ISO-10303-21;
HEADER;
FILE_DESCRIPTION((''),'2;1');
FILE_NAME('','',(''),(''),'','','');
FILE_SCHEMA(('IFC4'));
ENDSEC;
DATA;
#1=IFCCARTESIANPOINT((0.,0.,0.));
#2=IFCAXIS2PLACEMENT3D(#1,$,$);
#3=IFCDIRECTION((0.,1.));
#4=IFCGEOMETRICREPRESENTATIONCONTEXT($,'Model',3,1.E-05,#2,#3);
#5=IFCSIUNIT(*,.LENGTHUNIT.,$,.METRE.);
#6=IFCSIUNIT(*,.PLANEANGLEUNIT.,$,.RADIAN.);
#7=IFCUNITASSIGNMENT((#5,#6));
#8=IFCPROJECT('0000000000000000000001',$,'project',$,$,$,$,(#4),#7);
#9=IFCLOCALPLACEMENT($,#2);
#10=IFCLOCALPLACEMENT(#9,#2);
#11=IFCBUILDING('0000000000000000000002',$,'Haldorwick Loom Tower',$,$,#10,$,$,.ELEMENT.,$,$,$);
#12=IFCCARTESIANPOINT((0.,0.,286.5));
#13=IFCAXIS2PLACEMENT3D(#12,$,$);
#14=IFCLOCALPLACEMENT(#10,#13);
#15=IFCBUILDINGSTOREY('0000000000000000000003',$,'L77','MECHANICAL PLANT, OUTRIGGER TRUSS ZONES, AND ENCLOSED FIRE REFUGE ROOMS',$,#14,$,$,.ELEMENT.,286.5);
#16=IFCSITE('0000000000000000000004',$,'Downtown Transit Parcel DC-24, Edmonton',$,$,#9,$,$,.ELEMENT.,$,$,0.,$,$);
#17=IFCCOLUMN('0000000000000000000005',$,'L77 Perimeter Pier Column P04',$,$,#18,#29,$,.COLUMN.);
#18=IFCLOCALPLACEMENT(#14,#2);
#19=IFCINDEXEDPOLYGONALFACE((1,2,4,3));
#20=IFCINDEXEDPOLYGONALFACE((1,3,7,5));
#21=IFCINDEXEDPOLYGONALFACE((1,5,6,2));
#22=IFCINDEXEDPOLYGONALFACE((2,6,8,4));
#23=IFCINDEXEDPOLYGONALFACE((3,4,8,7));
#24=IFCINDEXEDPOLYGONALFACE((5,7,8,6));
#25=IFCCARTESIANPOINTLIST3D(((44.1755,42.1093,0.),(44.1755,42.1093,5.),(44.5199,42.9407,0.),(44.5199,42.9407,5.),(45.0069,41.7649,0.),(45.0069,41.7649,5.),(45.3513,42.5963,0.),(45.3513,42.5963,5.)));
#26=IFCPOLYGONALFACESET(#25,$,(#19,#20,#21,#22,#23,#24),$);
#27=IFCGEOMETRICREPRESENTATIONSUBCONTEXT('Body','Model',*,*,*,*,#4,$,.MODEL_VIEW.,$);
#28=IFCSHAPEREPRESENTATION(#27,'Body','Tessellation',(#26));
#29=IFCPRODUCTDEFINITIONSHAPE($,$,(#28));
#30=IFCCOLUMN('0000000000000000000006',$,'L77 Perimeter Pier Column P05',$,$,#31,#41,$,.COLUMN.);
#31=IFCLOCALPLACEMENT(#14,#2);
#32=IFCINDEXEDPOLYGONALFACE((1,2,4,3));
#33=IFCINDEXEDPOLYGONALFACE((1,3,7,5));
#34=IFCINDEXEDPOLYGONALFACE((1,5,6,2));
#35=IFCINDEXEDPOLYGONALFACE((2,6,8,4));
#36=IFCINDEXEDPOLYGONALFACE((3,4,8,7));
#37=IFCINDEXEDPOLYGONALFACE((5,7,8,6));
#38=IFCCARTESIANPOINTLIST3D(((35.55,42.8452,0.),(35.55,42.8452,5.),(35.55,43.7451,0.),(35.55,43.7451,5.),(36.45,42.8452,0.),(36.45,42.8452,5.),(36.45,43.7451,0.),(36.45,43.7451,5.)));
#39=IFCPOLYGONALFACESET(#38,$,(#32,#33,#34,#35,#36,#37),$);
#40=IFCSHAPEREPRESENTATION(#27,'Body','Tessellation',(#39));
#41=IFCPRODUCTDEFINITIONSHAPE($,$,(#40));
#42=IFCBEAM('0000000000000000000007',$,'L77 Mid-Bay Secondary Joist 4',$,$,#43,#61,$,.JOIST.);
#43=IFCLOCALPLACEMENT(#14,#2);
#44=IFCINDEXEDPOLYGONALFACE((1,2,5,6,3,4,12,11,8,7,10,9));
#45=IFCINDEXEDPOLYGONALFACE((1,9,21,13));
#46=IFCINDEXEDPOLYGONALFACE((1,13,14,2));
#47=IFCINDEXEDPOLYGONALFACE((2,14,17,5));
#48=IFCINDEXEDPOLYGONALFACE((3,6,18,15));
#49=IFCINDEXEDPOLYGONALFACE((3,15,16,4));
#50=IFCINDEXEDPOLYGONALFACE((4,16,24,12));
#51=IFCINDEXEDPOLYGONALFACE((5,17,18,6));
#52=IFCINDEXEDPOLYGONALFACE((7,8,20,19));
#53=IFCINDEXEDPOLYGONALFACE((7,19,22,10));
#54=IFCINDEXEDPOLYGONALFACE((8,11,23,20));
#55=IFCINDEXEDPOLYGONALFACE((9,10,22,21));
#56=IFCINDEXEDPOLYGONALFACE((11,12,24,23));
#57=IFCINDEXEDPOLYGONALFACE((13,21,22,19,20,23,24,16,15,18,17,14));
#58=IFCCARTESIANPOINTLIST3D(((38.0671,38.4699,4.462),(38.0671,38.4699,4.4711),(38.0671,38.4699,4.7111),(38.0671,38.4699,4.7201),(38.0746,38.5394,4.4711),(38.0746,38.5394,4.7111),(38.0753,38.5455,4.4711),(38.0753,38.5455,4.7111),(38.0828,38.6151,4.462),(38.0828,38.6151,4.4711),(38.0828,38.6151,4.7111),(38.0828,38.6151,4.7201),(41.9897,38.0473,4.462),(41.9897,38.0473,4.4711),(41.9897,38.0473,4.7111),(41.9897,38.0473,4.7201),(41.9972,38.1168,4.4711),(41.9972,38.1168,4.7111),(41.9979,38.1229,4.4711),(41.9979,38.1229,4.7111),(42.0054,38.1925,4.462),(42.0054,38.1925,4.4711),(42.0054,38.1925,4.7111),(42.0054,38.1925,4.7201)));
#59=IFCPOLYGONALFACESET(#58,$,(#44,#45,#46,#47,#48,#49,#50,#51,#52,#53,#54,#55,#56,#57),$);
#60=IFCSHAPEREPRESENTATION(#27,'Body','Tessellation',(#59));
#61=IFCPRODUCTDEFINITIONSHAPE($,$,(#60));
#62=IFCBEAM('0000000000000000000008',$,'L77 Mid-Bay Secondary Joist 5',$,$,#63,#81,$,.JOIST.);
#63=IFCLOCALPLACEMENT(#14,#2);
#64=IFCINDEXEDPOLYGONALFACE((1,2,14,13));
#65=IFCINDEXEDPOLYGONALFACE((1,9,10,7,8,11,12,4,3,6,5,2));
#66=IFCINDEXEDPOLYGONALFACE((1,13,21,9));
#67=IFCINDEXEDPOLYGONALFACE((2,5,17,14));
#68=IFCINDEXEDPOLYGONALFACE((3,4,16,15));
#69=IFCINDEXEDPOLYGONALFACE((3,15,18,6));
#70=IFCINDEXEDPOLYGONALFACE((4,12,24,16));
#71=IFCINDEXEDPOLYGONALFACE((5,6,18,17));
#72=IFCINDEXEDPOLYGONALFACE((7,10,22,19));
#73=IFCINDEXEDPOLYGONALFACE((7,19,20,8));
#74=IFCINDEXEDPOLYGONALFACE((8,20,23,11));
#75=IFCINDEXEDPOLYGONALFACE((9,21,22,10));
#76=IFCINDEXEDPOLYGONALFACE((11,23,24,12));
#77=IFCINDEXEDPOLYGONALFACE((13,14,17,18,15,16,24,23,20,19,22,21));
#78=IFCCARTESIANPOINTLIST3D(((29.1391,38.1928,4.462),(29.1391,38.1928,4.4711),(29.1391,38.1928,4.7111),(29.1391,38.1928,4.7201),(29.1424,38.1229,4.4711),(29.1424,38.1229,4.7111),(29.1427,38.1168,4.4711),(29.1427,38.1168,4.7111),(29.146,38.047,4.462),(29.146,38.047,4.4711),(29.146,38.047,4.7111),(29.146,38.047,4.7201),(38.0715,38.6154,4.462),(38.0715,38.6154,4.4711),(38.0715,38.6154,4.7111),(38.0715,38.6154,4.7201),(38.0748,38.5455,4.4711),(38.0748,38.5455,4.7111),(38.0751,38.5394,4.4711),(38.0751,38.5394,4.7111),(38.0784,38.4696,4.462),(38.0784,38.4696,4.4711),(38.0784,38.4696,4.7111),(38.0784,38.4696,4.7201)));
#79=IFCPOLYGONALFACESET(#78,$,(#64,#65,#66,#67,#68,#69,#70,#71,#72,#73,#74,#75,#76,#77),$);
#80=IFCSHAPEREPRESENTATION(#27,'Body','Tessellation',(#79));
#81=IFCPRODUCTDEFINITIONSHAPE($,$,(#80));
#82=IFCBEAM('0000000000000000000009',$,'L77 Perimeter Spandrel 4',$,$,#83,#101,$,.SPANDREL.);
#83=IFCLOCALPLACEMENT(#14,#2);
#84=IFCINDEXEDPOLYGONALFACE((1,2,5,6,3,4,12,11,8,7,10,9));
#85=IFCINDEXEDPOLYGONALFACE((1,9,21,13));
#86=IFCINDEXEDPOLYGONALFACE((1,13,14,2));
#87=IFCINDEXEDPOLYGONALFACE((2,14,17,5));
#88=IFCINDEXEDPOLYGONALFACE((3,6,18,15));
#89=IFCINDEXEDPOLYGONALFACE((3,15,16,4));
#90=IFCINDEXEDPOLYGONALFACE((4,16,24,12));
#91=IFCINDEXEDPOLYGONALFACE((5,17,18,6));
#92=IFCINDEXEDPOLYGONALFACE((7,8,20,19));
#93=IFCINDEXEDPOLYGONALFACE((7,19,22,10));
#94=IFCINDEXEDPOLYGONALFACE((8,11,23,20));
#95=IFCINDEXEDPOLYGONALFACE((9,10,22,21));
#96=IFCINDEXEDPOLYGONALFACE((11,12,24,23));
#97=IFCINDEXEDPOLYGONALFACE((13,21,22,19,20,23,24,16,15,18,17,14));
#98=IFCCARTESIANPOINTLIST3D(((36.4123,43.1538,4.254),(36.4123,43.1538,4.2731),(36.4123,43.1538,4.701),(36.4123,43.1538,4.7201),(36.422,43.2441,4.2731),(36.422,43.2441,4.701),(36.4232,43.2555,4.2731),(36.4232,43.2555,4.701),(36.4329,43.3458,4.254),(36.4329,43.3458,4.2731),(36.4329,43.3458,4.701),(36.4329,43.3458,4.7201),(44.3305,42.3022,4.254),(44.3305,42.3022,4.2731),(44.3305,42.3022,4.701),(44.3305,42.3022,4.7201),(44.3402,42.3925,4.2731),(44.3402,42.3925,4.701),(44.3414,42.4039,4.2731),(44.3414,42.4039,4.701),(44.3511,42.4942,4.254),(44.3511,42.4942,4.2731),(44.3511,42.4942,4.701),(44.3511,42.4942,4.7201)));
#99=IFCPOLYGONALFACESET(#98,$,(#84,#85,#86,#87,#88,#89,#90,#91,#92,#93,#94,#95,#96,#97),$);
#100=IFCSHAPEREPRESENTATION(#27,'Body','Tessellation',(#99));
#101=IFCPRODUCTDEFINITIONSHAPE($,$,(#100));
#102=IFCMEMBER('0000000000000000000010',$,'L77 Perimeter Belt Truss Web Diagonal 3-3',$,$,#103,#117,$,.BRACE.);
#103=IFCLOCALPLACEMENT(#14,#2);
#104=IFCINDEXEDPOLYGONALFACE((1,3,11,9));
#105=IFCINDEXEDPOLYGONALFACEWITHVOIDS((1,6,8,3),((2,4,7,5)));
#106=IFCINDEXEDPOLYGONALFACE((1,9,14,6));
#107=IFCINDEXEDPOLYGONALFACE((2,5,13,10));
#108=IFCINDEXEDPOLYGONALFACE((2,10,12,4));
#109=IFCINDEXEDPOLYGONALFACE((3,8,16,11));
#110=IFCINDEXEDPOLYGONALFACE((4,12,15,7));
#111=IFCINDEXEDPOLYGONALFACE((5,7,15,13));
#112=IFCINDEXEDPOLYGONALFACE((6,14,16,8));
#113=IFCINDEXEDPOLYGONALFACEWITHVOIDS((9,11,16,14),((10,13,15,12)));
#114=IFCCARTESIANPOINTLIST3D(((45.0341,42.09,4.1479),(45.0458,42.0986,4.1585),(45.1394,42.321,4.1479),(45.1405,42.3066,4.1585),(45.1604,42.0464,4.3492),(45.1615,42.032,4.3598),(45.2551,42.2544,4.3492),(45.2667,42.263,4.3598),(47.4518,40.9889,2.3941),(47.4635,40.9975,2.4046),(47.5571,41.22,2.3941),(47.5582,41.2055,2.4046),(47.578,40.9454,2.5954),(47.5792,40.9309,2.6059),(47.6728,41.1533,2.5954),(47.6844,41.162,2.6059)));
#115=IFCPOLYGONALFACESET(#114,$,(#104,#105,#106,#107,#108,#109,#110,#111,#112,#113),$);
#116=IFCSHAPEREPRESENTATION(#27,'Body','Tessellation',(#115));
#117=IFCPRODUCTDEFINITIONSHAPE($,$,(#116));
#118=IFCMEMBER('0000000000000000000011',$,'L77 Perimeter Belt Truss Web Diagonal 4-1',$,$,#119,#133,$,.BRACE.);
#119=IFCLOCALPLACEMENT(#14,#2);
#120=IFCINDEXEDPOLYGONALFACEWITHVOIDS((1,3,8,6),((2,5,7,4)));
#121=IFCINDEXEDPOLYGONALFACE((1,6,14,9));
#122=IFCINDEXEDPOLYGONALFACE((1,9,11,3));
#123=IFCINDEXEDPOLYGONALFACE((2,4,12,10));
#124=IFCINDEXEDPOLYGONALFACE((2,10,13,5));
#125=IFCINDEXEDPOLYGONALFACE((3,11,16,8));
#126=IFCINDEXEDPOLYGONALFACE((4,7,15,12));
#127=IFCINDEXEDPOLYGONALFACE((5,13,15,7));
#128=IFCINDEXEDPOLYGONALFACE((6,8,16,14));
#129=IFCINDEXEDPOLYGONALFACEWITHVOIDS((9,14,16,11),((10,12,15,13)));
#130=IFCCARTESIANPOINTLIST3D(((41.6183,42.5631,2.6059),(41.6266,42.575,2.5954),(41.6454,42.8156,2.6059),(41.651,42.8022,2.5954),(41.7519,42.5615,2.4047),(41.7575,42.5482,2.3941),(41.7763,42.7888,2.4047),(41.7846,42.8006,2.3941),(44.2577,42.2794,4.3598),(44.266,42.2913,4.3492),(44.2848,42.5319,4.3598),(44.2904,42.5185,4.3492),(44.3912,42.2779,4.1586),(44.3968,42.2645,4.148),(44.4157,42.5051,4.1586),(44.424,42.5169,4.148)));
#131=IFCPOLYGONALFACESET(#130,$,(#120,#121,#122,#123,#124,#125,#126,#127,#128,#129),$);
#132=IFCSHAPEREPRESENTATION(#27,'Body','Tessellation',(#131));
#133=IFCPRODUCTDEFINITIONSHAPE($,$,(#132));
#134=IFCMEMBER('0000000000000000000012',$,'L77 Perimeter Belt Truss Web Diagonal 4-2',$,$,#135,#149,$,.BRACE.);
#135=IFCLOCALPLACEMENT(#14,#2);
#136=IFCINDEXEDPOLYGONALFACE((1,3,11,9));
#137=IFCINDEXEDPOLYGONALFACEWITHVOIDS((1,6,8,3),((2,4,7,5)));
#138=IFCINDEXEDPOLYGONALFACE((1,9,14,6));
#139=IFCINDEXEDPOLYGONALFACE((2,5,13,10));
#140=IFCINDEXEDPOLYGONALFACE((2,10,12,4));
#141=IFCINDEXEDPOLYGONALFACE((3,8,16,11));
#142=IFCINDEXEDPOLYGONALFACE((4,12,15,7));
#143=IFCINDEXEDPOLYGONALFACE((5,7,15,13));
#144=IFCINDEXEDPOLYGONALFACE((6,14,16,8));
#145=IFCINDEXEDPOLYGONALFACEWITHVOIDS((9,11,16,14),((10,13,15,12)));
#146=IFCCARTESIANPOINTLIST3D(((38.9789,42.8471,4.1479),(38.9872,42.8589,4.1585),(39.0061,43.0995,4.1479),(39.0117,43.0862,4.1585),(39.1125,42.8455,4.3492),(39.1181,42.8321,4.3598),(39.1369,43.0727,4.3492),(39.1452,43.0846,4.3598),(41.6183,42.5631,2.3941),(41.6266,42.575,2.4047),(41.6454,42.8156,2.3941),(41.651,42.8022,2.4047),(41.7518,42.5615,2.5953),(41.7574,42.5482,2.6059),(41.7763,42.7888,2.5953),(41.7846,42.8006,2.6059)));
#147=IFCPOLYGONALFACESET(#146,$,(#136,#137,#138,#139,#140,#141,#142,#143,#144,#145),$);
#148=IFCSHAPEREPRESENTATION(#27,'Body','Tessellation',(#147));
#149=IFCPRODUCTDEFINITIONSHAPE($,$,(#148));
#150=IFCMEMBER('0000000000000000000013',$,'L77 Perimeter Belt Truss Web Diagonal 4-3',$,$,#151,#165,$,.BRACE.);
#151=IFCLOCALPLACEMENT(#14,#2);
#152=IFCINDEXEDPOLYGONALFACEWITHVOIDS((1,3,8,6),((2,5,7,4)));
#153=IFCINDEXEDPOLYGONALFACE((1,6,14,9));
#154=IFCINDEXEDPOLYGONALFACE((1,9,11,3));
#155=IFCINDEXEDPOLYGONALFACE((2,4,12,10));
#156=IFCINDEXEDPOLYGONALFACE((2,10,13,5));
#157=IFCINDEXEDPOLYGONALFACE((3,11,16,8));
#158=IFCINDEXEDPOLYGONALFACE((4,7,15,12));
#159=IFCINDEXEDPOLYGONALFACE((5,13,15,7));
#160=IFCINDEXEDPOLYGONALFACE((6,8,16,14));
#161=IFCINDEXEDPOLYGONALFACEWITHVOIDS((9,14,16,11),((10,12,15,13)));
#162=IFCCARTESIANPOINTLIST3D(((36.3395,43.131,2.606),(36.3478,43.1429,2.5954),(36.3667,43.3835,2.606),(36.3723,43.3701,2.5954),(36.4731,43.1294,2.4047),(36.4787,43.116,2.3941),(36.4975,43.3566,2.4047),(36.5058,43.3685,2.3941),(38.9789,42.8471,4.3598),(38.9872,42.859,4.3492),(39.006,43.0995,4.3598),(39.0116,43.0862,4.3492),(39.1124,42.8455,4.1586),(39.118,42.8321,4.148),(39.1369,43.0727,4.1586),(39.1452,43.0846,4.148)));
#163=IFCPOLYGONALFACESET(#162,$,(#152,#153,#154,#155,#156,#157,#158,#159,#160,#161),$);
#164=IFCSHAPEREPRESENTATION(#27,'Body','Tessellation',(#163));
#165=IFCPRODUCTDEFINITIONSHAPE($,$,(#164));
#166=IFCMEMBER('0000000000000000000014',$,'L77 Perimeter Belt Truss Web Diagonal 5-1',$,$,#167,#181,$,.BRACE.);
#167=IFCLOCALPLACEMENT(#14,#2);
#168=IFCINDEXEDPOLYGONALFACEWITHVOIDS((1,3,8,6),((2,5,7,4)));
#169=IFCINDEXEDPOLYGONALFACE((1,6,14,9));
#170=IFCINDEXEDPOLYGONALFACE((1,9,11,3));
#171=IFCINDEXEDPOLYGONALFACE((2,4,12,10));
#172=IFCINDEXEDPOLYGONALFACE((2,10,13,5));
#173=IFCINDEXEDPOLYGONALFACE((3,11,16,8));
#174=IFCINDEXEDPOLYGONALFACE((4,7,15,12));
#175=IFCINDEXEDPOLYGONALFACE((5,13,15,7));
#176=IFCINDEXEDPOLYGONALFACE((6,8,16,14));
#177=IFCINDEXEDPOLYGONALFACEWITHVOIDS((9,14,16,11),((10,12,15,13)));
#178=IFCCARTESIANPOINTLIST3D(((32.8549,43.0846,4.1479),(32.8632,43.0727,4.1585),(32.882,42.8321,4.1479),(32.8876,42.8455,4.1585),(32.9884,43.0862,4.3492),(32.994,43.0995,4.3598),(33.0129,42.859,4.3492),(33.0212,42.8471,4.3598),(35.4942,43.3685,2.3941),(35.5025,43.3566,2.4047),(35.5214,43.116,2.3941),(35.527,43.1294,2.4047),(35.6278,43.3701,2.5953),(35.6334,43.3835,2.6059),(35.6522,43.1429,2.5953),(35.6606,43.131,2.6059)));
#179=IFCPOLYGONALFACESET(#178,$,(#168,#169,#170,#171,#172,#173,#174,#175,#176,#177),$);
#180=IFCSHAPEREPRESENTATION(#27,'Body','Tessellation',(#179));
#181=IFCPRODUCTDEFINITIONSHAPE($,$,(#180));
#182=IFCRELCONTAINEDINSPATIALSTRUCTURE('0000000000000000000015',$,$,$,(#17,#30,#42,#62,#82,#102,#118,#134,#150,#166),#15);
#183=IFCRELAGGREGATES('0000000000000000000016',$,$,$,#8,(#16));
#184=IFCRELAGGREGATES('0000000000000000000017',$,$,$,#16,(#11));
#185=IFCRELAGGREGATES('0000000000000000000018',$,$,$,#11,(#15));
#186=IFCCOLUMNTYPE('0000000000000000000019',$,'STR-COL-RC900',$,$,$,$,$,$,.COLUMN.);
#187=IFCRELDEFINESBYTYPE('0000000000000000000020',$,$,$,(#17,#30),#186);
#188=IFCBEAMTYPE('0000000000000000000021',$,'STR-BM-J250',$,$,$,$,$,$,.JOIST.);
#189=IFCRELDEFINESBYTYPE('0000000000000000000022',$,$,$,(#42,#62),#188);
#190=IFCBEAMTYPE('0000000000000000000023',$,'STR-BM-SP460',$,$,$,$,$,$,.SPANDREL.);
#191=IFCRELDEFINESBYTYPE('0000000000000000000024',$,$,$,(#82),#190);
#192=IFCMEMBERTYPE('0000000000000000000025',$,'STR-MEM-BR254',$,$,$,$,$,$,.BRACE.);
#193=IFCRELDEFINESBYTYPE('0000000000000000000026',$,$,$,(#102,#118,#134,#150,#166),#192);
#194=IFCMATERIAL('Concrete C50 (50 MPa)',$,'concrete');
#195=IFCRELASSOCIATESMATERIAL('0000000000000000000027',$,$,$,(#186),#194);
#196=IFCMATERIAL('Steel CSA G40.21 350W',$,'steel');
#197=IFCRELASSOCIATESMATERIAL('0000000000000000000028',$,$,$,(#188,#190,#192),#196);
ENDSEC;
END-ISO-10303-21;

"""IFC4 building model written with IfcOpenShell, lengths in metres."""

from ifc_helpers import new_model, si_unit, direction, frame, origin, origin_2d, place, context, subcontext, project, spatial, rectangle, hollow_rectangle, i_section, extrude, material, material_profile, profile_set, type_object, element, save


model = new_model("IFC4")

# Units and contexts
model_context = context("Model", 3, precision=1e-05, world=origin(), true_north=direction((0.0, 1.0)))
body_context = subcontext(model_context, "Body", "Model", "MODEL_VIEW")
ifc_project = project(units=[si_unit("LENGTHUNIT", "METRE"), si_unit("PLANEANGLEUNIT", "RADIAN")], contexts=[model_context])

# Site, building, storey
site_placement = place(None, origin())
site = spatial("IfcSite", under=ifc_project, at=site_placement, Name="Downtown Transit Parcel DC-24, Edmonton", CompositionType="ELEMENT", RefElevation=0.0)
building_placement = place(site_placement, origin())
building = spatial("IfcBuilding", under=site, at=building_placement, Name="Haldorwick Loom Tower", CompositionType="ELEMENT")
storey_placement = place(building_placement, frame((0.0, 0.0, 286.5)))
storey = spatial("IfcBuildingStorey", under=building, at=storey_placement, Name="L77", Description="MECHANICAL PLANT, OUTRIGGER TRUSS ZONES, AND ENCLOSED FIRE REFUGE ROOMS", CompositionType="ELEMENT", Elevation=286.5)

# Columns
ifc_material_1 = material(Name="Concrete C50 (50 MPa)", Category="concrete")
ifc_material_profile_1 = material_profile(ifc_material_1, rectangle(XDim=0.8999, YDim=0.8999, at=origin_2d()), Name="RC900X900", Category="concrete")
ifc_profile_set_1 = profile_set([ifc_material_profile_1], Name="Concrete C50 (50 MPa)")
column_type = type_object("IfcColumnType", Name="STR-COL-RC900", PredefinedType="COLUMN", material=ifc_profile_set_1)
for number, where, z_axis, x_axis, name in (
    (1, (44.7634, 42.3528, 0.0), (0.0, 0.0, 1.0), (0.382683, 0.92388, 0.0), "L77 Perimeter Pier Column P04"),
    (2, (36.0, 43.2952, 0.0), (0.0, 0.0, 1.0), (0.0, 1.0, 0.0), "L77 Perimeter Pier Column P05"),
):
    element("IfcColumn", number, at=place(storey_placement, frame(where, z_axis=z_axis, x_axis=x_axis)), inside=storey, type_object=column_type, Name=name, PredefinedType="COLUMN", context=body_context, shape_type="SweptSolid", body=[
        extrude(rectangle(XDim=0.8999, YDim=0.8999, at=origin_2d()), origin(), (0.0, 0.0, 1.0), 5.0),
    ])

# Beams
ifc_material_2 = material(Name="Steel CSA G40.21 350W", Category="steel")
ifc_material_profile_2 = material_profile(ifc_material_2, i_section(OverallWidth=0.146, OverallDepth=0.2581, WebThickness=0.0061, FlangeThickness=0.009, at=origin_2d()), Name="W250X33", Category="steel")
ifc_profile_set_2 = profile_set([ifc_material_profile_2], Name="Steel CSA G40.21 350W")
beam_type_1 = type_object("IfcBeamType", Name="STR-BM-J250", PredefinedType="JOIST", material=ifc_profile_set_2)
beam_1_placement = place(storey_placement, frame((41.9976, 38.1199, 4.5911), z_axis=(-0.994246, 0.107116, 0.0), x_axis=(-0.107116, -0.994246, 0.0)))
element("IfcBeam", 3, at=beam_1_placement, inside=storey, type_object=beam_type_1, Name="L77 Mid-Bay Secondary Joist 4", PredefinedType="JOIST", context=body_context, shape_type="SweptSolid", body=[
    extrude(i_section(OverallWidth=0.146, OverallDepth=0.2581, WebThickness=0.0061, FlangeThickness=0.009, at=origin_2d()), origin(), (0.0, 0.0, 1.0), 3.9453),
])
beam_2_placement = place(storey_placement, frame((38.075, 38.5425, 4.5911), z_axis=(-0.998883, -0.047259, 0.0), x_axis=(0.047259, -0.998883, 0.0)))
element("IfcBeam", 4, at=beam_2_placement, inside=storey, type_object=beam_type_1, Name="L77 Mid-Bay Secondary Joist 5", PredefinedType="JOIST", context=body_context, shape_type="SweptSolid", body=[
    extrude(i_section(OverallWidth=0.146, OverallDepth=0.2581, WebThickness=0.0061, FlangeThickness=0.009, at=origin_2d()), origin(), (0.0, 0.0, 1.0), 8.9424),
])
ifc_material_profile_3 = material_profile(ifc_material_2, i_section(OverallWidth=0.1931, OverallDepth=0.4661, WebThickness=0.0115, FlangeThickness=0.019, at=origin_2d()), Name="W460X97", Category="steel")
ifc_profile_set_3 = profile_set([ifc_material_profile_3], Name="Steel CSA G40.21 350W")
beam_type_2 = type_object("IfcBeamType", Name="STR-BM-SP460", PredefinedType="SPANDREL", material=ifc_profile_set_3)
beam_3_placement = place(storey_placement, frame((44.3408, 42.3982, 4.4871), z_axis=(-0.994267, 0.106928, 0.0), x_axis=(-0.106928, -0.994267, 0.0)))
element("IfcBeam", 5, at=beam_3_placement, inside=storey, type_object=beam_type_2, Name="L77 Perimeter Spandrel 4", PredefinedType="SPANDREL", context=body_context, shape_type="SweptSolid", body=[
    extrude(i_section(OverallWidth=0.1931, OverallDepth=0.4661, WebThickness=0.0115, FlangeThickness=0.019, at=origin_2d()), origin(), (0.0, 0.0, 1.0), 7.9639),
])

# Members
ifc_material_profile_4 = material_profile(ifc_material_2, hollow_rectangle(XDim=0.2539, YDim=0.2539, WallThickness=0.0127, at=origin_2d()), Name="HSS254X254X13", Category="steel")
ifc_profile_set_4 = profile_set([ifc_material_profile_4], Name="Steel CSA G40.21 350W")
member_type_1 = type_object("IfcMemberType", Name="STR-MEM-BR254", PredefinedType="BRACE", material=ifc_profile_set_4)
member_placement = place(storey_placement, frame((47.5681, 41.0754, 2.5), z_axis=(-0.759482, 0.345882, 0.550956), x_axis=(-0.414461, -0.910067, 0.0)))
element("IfcMember", 6, at=member_placement, inside=storey, type_object=member_type_1, Name="L77 Perimeter Belt Truss Web Diagonal 3-3", PredefinedType="BRACE", context=body_context, shape_type="SweptSolid", body=[
    extrude(hollow_rectangle(XDim=0.2539, YDim=0.2539, WallThickness=0.0127, at=origin_2d()), origin(), (0.0, 0.0, 1.0), 3.1833),
])
for number, where, z_axis, x_axis, name in (
    (7, (44.3408, 42.3982, 4.2539), (-0.829562, 0.089164, -0.551251), (-0.106868, -0.994273, 0.0), "L77 Perimeter Belt Truss Web Diagonal 4-1"),
    (8, (41.7014, 42.6819, 2.5), (-0.829556, 0.08924, 0.551247), (-0.106959, -0.994263, 0.0), "L77 Perimeter Belt Truss Web Diagonal 4-2"),
    (9, (39.062, 42.9658, 4.2539), (-0.829556, 0.08924, -0.551247), (-0.106959, -0.994263, 0.0), "L77 Perimeter Belt Truss Web Diagonal 4-3"),
    (10, (35.5774, 43.2498, 2.5), (-0.829556, -0.08924, 0.551247), (0.106959, -0.994263, 0.0), "L77 Perimeter Belt Truss Web Diagonal 5-1"),
):
    element("IfcMember", number, at=place(storey_placement, frame(where, z_axis=z_axis, x_axis=x_axis)), inside=storey, type_object=member_type_1, Name=name, PredefinedType="BRACE", context=body_context, shape_type="SweptSolid", body=[
        extrude(hollow_rectangle(XDim=0.2539, YDim=0.2539, WallThickness=0.0127, at=origin_2d()), origin(), (0.0, 0.0, 1.0), 3.1816),
    ])

save(model, "model.ifc")
